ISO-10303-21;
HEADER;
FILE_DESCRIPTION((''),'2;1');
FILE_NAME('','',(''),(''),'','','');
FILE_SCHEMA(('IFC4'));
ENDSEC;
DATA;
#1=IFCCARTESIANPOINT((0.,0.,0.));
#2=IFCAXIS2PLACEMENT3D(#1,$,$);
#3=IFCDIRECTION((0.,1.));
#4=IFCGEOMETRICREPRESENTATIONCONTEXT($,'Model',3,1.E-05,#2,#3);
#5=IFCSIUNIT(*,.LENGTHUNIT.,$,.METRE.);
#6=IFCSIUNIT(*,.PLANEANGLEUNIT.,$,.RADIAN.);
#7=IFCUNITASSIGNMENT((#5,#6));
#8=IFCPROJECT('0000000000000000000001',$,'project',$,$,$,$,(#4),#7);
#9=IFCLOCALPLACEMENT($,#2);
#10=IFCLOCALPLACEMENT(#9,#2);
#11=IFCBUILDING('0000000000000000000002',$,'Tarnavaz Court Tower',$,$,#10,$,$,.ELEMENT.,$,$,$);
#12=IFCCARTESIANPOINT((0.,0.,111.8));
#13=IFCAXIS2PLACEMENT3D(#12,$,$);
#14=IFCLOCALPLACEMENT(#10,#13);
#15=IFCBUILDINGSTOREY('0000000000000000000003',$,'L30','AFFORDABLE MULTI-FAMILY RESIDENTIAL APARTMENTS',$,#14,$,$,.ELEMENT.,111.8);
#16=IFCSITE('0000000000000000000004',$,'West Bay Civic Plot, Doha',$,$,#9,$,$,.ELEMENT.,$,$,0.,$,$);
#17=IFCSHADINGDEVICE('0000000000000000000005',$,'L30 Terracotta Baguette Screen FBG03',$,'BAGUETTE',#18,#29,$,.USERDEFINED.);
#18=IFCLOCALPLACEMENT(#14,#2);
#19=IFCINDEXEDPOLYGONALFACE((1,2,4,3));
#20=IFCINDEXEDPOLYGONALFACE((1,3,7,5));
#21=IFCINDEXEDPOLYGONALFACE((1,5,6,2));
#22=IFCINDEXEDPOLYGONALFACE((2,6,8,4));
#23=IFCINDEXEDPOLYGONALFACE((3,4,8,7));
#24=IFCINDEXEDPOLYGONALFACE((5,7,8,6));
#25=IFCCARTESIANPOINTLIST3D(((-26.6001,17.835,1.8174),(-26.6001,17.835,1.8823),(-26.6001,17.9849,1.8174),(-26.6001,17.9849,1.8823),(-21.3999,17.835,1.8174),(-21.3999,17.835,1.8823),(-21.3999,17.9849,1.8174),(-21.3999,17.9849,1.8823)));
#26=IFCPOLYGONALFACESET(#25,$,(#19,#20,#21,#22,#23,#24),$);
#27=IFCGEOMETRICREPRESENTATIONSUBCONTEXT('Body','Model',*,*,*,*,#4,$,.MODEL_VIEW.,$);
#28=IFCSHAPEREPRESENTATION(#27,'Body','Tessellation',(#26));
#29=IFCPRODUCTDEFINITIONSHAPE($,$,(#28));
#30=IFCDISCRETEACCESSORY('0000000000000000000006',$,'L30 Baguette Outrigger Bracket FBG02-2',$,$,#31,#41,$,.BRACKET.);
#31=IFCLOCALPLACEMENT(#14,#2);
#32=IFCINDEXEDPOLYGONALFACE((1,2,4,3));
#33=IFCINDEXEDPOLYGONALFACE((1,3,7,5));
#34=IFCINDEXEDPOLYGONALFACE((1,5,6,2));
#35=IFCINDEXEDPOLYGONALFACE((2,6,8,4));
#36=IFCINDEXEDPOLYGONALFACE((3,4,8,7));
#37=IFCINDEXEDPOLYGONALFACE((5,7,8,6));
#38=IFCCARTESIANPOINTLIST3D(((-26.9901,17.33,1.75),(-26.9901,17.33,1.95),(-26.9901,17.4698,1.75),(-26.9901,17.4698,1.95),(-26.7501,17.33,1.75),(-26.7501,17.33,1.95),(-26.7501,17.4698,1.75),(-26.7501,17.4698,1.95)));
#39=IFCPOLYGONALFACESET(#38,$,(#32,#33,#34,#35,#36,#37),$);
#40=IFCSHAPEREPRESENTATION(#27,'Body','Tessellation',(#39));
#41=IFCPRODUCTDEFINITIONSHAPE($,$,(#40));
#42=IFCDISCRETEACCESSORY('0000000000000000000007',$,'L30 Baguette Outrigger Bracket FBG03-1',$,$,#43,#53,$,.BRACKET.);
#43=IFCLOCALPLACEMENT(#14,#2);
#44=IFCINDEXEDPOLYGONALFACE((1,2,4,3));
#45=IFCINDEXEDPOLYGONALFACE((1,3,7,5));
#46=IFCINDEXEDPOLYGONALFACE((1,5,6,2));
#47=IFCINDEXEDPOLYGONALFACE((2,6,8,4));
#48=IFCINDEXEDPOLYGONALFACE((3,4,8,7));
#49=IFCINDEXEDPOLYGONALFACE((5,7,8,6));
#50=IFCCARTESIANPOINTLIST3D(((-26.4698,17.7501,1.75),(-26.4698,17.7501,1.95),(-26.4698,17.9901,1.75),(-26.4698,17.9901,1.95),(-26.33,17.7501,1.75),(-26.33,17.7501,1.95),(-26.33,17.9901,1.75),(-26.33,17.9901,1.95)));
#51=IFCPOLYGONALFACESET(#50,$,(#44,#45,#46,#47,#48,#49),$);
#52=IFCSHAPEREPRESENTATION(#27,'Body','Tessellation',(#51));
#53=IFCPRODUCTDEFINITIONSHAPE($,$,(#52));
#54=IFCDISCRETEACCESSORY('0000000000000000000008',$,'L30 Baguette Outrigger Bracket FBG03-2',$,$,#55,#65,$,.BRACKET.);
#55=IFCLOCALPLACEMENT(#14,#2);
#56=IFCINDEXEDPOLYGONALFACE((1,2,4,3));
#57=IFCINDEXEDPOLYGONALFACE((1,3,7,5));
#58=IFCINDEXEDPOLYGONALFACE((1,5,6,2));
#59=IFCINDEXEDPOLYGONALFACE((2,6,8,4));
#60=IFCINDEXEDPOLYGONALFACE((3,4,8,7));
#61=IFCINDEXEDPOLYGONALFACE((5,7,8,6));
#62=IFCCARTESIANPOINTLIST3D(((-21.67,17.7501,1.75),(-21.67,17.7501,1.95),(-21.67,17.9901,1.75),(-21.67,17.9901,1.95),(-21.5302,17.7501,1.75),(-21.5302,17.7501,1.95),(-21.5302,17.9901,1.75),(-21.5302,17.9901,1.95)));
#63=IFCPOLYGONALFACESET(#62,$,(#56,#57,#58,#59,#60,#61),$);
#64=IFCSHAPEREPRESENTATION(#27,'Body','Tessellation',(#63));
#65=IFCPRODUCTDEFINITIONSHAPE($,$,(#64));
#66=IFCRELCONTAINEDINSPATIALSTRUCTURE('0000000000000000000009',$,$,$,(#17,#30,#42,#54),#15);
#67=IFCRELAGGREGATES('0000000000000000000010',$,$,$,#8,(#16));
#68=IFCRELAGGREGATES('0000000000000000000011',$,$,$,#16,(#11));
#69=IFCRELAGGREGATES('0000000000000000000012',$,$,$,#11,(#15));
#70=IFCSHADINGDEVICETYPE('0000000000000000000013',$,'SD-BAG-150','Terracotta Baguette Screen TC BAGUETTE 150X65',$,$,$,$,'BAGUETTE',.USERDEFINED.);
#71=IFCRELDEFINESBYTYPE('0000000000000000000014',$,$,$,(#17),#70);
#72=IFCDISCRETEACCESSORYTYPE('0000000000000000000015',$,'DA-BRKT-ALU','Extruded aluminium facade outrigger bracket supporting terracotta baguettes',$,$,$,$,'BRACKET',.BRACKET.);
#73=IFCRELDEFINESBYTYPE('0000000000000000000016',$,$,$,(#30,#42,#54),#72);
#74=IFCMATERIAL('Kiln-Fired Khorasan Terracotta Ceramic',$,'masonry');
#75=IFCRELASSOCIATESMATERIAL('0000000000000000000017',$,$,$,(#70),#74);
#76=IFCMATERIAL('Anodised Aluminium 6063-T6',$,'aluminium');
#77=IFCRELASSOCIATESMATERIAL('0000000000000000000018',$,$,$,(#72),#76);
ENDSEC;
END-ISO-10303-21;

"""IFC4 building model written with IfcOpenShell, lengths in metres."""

from ifc_helpers import new_model, si_unit, direction, frame, origin, origin_2d, place, context, subcontext, project, spatial, rectangle, extrude, material, material_profile, profile_set, type_object, element, save


model = new_model("IFC4")

# Units and contexts
model_context = context("Model", 3, precision=1e-05, world=origin(), true_north=direction((0.0, 1.0)))
body_context = subcontext(model_context, "Body", "Model", "MODEL_VIEW")
ifc_project = project(units=[si_unit("LENGTHUNIT", "METRE"), si_unit("PLANEANGLEUNIT", "RADIAN")], contexts=[model_context])

# Site, building, storey
site_placement = place(None, origin())
site = spatial("IfcSite", under=ifc_project, at=site_placement, Name="West Bay Civic Plot, Doha", CompositionType="ELEMENT", RefElevation=0.0)
building_placement = place(site_placement, origin())
building = spatial("IfcBuilding", under=site, at=building_placement, Name="Tarnavaz Court Tower", CompositionType="ELEMENT")
storey_placement = place(building_placement, frame((0.0, 0.0, 111.8)))
storey = spatial("IfcBuildingStorey", under=building, at=storey_placement, Name="L30", Description="AFFORDABLE MULTI-FAMILY RESIDENTIAL APARTMENTS", CompositionType="ELEMENT", Elevation=111.8)

# Shading device
ifc_material_1 = material(Name="Kiln-Fired Khorasan Terracotta Ceramic", Category="masonry")
ifc_material_profile_1 = material_profile(ifc_material_1, rectangle(XDim=0.1499, YDim=0.0649, at=origin_2d()), Name="TC BAGUETTE 150X65")
ifc_profile_set_1 = profile_set([ifc_material_profile_1], Name="Kiln-Fired Khorasan Terracotta Ceramic")
shading_device_type = type_object("IfcShadingDeviceType", Name="SD-BAG-150", Description="Terracotta Baguette Screen TC BAGUETTE 150X65", ElementType="BAGUETTE", PredefinedType="USERDEFINED", material=ifc_profile_set_1)
shading_device_placement = place(storey_placement, frame((-26.6001, 17.9099, 1.8499), z_axis=(1.0, 0.0, 0.0), x_axis=(0.0, 1.0, 0.0)))
element("IfcShadingDevice", 1, at=shading_device_placement, inside=storey, type_object=shading_device_type, Name="L30 Terracotta Baguette Screen FBG03", ObjectType="BAGUETTE", PredefinedType="USERDEFINED", context=body_context, shape_type="SweptSolid", body=[
    extrude(rectangle(XDim=0.1499, YDim=0.0649, at=origin_2d()), origin(), (0.0, 0.0, 1.0), 5.2002),
])

# Discrete accessories
ifc_material_2 = material(Name="Anodised Aluminium 6063-T6", Category="aluminium")
discrete_accessory_type = type_object("IfcDiscreteAccessoryType", Name="DA-BRKT-ALU", Description="Extruded aluminium facade outrigger bracket supporting terracotta baguettes", ElementType="BRACKET", PredefinedType="BRACKET", material=ifc_material_2)
for number, where, z_axis, x_axis, name in (
    (2, (-26.8701, 17.3999, 1.75), (0.0, 0.0, 1.0), (0.0, 1.0, 0.0), "L30 Baguette Outrigger Bracket FBG02-2"),
    (3, (-26.3999, 17.8701, 1.75), (0.0, 0.0, 1.0), (1.0, 0.0, 0.0), "L30 Baguette Outrigger Bracket FBG03-1"),
    (4, (-21.6001, 17.8701, 1.75), (0.0, 0.0, 1.0), (1.0, 0.0, 0.0), "L30 Baguette Outrigger Bracket FBG03-2"),
):
    element("IfcDiscreteAccessory", number, at=place(storey_placement, frame(where, z_axis=z_axis, x_axis=x_axis)), inside=storey, type_object=discrete_accessory_type, Name=name, PredefinedType="BRACKET", context=body_context, shape_type="SweptSolid", body=[
        extrude(rectangle(XDim=0.1399, YDim=0.24, at=origin_2d()), origin(), (0.0, 0.0, 1.0), 0.2),
    ])

save(model, "model.ifc")
